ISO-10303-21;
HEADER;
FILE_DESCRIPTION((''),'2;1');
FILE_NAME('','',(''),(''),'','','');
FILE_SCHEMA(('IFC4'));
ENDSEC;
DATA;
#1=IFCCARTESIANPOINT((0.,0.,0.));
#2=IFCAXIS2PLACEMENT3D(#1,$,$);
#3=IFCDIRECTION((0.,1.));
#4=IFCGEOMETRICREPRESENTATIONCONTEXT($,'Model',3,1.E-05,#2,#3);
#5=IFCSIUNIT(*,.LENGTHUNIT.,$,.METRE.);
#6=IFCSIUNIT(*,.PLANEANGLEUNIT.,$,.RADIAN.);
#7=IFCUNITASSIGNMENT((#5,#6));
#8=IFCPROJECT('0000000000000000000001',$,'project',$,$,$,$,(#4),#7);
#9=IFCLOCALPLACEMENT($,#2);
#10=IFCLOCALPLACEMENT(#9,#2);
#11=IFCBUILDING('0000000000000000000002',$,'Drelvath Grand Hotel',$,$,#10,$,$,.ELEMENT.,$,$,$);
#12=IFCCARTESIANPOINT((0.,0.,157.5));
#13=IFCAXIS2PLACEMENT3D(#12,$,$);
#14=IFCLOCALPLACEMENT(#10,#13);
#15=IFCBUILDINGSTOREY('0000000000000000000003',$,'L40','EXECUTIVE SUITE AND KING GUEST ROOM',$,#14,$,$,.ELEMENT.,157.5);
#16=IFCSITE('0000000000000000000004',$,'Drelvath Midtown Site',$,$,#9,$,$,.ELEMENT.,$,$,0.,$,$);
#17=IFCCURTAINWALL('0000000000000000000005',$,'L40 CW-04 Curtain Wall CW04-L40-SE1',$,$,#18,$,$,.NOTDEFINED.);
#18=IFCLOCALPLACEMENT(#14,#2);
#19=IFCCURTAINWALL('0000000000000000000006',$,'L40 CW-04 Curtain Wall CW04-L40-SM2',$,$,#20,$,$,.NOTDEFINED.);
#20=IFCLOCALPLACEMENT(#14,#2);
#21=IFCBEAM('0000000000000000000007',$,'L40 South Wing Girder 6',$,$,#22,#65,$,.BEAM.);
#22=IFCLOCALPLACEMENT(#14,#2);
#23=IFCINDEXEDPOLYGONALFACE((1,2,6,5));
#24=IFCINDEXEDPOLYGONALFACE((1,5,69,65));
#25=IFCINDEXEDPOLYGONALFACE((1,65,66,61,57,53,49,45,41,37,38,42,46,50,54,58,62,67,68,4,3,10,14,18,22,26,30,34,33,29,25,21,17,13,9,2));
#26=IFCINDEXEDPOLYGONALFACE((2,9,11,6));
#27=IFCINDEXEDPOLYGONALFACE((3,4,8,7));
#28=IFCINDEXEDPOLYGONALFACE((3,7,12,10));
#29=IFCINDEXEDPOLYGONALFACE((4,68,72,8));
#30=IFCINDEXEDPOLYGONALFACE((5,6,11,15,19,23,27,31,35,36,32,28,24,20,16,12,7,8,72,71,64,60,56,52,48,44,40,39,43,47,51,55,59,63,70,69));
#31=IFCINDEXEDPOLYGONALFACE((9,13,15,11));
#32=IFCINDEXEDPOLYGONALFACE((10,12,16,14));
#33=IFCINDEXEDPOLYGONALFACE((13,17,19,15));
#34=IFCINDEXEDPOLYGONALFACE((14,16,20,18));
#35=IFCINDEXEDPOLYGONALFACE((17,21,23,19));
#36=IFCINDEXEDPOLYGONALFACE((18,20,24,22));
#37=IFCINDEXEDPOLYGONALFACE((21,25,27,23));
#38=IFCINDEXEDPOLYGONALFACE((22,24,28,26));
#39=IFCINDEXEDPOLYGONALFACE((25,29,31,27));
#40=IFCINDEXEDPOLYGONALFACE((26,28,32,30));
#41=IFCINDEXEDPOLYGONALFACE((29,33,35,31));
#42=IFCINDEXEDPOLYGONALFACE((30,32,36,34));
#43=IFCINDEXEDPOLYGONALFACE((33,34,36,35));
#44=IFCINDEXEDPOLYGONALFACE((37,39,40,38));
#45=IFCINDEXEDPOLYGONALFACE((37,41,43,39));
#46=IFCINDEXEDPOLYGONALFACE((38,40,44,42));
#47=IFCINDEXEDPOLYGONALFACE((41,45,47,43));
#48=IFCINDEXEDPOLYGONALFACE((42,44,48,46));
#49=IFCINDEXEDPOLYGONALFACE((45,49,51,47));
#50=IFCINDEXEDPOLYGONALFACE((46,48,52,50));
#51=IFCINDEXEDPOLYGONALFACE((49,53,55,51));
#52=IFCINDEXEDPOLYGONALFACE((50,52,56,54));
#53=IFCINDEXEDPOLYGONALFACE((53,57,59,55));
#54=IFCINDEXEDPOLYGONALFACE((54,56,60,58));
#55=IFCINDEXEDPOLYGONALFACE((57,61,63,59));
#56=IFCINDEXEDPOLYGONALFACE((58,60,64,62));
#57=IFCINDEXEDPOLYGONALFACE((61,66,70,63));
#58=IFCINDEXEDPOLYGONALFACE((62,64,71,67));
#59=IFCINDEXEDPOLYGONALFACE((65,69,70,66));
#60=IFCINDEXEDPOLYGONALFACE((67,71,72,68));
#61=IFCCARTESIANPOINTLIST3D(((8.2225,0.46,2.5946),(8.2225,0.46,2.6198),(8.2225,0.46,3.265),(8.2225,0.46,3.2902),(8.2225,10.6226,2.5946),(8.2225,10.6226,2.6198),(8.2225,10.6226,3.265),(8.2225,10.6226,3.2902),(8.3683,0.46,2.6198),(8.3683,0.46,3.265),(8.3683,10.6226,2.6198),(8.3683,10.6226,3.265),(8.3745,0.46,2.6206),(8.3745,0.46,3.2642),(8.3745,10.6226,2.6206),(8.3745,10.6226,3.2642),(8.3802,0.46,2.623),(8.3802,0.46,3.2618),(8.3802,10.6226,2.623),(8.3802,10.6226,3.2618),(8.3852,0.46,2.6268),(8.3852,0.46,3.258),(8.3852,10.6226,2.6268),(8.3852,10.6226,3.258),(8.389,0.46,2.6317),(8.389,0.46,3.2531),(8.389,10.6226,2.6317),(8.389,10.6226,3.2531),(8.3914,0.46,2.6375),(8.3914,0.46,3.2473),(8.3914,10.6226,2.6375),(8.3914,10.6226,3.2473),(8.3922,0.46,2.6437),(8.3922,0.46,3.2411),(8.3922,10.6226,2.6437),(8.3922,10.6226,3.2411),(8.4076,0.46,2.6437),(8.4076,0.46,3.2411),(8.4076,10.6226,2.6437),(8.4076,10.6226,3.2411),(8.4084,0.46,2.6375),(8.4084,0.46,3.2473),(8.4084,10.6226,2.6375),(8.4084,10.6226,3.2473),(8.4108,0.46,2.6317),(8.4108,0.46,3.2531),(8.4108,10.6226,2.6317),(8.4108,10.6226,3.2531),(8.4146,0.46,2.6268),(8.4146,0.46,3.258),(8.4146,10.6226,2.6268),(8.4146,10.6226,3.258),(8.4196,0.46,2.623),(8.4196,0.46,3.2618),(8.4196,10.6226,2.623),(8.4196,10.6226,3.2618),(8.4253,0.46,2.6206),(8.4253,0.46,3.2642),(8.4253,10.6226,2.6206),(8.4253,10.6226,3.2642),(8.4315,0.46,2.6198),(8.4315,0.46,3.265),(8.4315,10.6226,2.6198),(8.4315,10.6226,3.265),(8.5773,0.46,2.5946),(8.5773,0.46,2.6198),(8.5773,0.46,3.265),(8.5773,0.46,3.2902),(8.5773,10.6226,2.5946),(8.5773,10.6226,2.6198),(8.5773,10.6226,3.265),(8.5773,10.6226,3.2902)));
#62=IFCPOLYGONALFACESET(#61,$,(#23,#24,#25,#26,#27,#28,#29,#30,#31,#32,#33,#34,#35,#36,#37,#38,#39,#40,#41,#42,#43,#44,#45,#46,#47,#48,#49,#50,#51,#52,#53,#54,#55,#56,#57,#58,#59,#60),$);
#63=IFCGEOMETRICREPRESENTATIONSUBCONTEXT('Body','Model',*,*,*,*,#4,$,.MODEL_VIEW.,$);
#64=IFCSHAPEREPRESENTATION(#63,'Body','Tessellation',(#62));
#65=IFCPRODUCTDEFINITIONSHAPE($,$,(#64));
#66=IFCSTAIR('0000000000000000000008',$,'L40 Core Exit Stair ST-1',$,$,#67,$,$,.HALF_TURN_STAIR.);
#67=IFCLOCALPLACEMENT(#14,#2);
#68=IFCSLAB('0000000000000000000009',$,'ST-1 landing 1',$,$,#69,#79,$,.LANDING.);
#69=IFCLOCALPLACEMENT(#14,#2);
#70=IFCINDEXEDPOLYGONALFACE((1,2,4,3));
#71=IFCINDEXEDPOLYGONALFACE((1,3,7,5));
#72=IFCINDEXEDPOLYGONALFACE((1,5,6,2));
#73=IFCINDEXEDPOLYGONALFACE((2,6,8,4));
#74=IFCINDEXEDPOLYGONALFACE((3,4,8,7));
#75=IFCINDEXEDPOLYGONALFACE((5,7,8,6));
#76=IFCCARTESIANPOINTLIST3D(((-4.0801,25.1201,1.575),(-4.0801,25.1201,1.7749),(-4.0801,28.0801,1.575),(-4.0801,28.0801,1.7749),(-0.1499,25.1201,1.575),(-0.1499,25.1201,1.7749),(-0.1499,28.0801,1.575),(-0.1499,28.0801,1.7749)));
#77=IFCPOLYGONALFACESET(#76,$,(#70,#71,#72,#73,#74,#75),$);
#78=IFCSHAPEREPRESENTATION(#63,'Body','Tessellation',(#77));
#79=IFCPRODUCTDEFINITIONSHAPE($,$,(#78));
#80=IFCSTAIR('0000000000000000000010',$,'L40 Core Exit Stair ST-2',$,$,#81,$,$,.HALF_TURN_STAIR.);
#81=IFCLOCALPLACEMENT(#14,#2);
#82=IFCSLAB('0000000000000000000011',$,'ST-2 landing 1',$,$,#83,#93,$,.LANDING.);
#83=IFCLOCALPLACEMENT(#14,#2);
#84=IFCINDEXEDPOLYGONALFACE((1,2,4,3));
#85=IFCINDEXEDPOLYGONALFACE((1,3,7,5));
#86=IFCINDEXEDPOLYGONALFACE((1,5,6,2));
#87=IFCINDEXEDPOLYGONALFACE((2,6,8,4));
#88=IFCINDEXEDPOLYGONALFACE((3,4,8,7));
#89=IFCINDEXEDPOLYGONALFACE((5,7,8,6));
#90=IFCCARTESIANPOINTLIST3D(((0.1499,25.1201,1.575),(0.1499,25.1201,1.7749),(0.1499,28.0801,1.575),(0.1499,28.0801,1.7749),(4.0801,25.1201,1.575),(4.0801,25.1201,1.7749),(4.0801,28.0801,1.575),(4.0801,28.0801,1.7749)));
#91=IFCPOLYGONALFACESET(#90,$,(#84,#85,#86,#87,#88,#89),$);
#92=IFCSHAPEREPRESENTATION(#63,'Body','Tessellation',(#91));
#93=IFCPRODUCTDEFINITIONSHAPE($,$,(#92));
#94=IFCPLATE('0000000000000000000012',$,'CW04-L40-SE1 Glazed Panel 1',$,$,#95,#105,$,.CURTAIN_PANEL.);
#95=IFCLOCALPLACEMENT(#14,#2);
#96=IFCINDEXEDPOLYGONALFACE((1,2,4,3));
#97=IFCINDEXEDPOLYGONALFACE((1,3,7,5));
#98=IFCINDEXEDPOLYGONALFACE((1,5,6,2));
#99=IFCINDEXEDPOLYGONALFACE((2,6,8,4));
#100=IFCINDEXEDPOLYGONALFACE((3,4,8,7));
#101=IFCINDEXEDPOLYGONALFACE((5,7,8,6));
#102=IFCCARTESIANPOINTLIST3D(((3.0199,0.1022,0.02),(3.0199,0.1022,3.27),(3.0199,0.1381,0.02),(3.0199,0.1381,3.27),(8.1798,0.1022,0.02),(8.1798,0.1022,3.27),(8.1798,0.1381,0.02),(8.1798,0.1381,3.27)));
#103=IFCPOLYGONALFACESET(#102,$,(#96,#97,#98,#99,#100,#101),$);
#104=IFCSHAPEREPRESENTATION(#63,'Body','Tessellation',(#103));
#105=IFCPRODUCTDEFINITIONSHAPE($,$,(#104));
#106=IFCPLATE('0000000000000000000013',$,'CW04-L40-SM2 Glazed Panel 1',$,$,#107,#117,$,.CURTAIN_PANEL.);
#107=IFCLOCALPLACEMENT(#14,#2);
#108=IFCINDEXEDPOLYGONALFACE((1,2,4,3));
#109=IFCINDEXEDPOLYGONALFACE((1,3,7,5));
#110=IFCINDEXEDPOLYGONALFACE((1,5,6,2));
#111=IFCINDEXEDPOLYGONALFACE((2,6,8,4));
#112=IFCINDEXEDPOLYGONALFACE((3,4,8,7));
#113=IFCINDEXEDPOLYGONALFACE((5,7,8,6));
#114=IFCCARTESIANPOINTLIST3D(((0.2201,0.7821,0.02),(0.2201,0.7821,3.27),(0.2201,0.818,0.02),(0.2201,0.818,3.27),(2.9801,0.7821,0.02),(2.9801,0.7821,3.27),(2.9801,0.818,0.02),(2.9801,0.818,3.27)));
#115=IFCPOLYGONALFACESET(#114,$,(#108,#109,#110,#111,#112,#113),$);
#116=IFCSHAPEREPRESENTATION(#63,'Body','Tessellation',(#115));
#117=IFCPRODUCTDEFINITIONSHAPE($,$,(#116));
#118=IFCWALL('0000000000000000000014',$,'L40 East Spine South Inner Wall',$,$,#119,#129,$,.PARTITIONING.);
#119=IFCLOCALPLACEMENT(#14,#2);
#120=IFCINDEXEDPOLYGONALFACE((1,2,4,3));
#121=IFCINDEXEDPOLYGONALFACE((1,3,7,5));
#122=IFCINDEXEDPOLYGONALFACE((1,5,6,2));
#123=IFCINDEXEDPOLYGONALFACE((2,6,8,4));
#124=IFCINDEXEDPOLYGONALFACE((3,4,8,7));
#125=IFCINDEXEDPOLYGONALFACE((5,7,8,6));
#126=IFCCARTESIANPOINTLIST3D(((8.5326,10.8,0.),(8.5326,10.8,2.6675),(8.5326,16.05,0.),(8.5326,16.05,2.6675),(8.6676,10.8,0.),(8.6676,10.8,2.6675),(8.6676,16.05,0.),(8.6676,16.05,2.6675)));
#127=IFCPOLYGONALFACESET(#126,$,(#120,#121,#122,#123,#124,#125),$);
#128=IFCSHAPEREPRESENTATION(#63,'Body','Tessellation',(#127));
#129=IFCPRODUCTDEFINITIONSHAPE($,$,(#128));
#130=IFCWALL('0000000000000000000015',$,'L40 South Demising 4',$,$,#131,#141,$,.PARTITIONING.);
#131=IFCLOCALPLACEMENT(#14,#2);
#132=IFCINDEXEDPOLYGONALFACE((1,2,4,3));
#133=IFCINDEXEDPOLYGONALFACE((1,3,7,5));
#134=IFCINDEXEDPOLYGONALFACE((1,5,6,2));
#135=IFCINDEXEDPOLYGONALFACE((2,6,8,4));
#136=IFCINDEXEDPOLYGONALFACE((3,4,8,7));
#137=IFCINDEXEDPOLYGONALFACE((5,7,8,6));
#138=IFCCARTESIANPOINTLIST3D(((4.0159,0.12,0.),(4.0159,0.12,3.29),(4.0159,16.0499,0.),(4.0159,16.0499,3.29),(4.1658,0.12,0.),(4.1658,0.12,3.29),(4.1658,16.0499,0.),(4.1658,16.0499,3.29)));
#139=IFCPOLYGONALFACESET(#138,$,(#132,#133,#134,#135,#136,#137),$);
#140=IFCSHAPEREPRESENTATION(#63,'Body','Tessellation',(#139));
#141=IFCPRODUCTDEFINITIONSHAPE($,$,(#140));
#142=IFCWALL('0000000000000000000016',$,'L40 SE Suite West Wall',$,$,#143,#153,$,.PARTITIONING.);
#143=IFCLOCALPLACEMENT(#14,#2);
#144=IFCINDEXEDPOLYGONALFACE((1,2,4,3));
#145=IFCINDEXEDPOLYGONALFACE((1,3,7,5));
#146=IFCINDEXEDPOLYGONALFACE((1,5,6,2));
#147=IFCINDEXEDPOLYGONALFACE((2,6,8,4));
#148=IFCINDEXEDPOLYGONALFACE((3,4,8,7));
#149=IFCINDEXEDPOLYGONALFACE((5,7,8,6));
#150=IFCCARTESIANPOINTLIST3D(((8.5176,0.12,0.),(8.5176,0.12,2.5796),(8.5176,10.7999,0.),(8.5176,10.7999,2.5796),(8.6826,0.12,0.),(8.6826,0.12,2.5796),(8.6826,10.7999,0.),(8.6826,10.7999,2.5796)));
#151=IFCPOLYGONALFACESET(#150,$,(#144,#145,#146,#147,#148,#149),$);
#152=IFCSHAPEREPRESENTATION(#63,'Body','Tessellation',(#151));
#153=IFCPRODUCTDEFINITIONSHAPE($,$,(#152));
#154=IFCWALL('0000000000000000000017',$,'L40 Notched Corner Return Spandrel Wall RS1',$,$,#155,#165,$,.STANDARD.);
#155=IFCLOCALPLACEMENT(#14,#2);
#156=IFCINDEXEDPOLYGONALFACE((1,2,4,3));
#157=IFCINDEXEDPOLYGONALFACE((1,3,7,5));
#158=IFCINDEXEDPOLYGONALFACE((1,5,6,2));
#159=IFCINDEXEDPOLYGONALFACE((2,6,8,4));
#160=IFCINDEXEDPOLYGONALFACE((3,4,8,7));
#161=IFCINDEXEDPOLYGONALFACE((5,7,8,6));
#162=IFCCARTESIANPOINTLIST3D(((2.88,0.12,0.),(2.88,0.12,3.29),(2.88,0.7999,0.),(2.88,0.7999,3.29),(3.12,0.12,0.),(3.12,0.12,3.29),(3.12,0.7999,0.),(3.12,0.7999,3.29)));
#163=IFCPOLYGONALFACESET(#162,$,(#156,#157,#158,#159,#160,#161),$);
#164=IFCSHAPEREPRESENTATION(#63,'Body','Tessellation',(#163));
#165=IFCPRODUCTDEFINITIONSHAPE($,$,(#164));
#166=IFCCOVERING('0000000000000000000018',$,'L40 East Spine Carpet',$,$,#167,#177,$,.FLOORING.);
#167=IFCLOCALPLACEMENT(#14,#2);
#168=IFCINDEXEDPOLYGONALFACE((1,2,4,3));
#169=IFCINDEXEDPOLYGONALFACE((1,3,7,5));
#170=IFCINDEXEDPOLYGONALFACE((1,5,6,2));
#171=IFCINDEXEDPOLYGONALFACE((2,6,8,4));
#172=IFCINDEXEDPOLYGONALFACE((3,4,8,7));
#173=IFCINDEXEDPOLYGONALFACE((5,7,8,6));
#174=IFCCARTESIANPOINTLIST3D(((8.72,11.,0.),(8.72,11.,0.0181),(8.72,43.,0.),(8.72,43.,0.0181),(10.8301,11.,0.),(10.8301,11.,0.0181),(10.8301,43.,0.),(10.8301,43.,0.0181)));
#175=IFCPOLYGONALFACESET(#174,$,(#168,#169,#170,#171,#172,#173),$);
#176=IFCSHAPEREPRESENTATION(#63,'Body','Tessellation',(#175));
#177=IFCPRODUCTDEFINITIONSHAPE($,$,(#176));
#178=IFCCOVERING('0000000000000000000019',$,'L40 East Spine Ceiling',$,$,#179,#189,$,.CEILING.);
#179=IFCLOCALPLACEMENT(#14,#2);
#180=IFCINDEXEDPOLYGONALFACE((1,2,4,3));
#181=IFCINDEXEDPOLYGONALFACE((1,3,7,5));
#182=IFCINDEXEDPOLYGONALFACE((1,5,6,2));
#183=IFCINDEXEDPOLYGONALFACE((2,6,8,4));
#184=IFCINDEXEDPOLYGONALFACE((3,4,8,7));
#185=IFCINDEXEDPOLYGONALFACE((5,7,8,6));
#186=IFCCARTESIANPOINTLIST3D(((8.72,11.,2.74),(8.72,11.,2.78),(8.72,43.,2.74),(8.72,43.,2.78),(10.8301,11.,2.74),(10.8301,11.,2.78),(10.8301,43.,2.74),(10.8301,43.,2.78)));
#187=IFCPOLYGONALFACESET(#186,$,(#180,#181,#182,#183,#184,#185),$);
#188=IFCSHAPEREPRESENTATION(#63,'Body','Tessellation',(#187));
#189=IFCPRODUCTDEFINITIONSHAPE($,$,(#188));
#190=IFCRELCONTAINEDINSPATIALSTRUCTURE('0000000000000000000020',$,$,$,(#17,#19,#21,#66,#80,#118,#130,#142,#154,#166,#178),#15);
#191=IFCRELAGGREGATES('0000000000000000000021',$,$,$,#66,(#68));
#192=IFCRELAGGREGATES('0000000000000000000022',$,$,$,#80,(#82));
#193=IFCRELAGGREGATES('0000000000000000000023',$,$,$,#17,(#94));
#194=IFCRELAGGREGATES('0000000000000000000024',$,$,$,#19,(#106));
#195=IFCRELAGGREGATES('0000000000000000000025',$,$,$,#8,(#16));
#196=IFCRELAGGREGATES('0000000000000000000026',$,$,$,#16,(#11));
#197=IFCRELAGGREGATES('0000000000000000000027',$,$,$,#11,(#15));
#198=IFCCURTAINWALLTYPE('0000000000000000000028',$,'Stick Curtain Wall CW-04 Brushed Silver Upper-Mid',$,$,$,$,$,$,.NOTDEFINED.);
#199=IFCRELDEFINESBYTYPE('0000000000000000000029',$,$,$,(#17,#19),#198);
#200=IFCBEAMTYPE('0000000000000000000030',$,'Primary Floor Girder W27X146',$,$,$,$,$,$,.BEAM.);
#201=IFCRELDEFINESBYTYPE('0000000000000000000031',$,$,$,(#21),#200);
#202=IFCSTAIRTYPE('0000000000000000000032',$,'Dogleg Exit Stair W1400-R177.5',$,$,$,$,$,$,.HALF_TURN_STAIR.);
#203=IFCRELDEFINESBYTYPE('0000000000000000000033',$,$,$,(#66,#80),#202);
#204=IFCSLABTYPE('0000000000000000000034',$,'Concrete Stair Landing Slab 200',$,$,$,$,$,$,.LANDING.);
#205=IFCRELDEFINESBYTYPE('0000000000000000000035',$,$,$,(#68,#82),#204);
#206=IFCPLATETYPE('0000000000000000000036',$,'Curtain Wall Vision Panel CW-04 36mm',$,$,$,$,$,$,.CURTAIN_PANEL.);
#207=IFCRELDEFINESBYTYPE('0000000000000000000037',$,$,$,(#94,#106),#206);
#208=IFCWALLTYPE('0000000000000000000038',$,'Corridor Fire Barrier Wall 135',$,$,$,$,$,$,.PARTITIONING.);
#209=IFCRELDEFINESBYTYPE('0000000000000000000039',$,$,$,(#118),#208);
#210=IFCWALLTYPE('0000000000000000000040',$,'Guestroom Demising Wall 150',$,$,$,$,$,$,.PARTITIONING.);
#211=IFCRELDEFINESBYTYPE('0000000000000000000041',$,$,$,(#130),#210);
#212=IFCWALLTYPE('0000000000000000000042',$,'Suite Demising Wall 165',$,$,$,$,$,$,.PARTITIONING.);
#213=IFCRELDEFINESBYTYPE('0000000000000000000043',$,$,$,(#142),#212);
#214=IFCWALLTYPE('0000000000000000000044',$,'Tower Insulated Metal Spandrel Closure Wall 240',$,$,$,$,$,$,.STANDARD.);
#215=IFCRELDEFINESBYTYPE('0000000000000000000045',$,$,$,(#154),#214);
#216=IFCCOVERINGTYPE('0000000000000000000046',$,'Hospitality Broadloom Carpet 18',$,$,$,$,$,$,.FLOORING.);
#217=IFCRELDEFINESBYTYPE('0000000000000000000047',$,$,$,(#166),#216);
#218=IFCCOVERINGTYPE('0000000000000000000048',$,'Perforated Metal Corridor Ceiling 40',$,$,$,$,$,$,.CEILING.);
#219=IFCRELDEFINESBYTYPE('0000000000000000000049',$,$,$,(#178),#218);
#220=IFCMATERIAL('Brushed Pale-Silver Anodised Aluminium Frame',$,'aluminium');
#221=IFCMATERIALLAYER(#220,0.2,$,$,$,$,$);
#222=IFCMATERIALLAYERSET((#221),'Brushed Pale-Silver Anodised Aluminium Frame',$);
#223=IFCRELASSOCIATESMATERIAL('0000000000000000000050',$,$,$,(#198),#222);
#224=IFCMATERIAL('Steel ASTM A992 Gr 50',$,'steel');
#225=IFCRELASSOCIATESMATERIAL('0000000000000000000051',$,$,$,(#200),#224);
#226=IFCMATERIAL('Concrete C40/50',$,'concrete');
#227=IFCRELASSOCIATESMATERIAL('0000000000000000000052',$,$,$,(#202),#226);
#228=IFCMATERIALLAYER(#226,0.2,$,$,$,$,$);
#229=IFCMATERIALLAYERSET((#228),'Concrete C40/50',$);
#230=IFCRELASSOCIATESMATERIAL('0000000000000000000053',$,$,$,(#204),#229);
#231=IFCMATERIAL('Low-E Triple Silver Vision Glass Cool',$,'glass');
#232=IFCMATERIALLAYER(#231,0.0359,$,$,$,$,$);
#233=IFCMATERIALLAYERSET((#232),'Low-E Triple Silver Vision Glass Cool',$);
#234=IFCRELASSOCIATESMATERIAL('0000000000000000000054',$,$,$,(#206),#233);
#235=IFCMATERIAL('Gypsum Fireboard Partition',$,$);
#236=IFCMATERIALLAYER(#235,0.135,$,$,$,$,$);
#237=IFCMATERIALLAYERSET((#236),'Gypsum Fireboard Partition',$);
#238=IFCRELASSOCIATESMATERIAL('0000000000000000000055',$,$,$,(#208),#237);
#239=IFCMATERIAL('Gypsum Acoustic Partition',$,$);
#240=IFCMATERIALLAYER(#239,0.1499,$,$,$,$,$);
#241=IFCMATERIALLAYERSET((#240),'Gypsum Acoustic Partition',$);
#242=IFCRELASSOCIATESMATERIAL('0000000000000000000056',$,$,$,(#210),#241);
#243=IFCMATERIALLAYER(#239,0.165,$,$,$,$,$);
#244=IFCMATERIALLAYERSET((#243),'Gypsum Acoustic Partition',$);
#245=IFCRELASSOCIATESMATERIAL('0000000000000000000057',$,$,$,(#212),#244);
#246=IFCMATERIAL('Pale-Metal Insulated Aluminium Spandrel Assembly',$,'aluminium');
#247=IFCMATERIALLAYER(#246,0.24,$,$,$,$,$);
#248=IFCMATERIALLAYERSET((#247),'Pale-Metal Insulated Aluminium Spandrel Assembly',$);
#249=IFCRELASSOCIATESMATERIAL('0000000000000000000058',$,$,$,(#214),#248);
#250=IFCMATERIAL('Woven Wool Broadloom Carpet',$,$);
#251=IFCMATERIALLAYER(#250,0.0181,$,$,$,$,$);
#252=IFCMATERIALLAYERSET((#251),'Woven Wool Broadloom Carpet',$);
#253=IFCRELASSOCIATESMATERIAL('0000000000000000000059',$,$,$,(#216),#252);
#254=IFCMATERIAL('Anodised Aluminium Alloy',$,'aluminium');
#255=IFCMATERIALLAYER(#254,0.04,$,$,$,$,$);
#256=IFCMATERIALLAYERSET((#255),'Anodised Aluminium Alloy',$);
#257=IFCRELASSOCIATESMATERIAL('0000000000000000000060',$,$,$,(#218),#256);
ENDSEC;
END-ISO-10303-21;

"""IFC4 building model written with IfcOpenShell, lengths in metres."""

from ifc_helpers import new_model, si_unit, direction, frame, frame_2d, origin, origin_2d, place, context, subcontext, project, spatial, polyline, rectangle, i_section, outline, extrude, material, layer, layer_set, material_profile, profile_set, type_object, element, aggregate, save


model = new_model("IFC4")

# Units and contexts
model_context = context("Model", 3, precision=1e-05, world=origin(), true_north=direction((0.0, 1.0)))
body_context = subcontext(model_context, "Body", "Model", "MODEL_VIEW")
ifc_project = project(units=[si_unit("LENGTHUNIT", "METRE"), si_unit("PLANEANGLEUNIT", "RADIAN")], contexts=[model_context])

# Site, building, storey
site_placement = place(None, origin())
site = spatial("IfcSite", under=ifc_project, at=site_placement, Name="Drelvath Midtown Site", CompositionType="ELEMENT", RefElevation=0.0)
building_placement = place(site_placement, origin())
building = spatial("IfcBuilding", under=site, at=building_placement, Name="Drelvath Grand Hotel", CompositionType="ELEMENT")
storey_placement = place(building_placement, frame((0.0, 0.0, 157.5)))
storey = spatial("IfcBuildingStorey", under=building, at=storey_placement, Name="L40", Description="EXECUTIVE SUITE AND KING GUEST ROOM", CompositionType="ELEMENT", Elevation=157.5)

# Curtain walls
ifc_material_1 = material(Name="Brushed Pale-Silver Anodised Aluminium Frame", Category="aluminium")
ifc_layer_1 = layer(ifc_material_1, 0.2)
ifc_layer_set_1 = layer_set([ifc_layer_1], Name="Brushed Pale-Silver Anodised Aluminium Frame")
curtain_wall_type = type_object("IfcCurtainWallType", Name="Stick Curtain Wall CW-04 Brushed Silver Upper-Mid", PredefinedType="NOTDEFINED", material=ifc_layer_set_1)
curtain_wall_1_placement = place(storey_placement, origin())
curtain_wall_1 = element("IfcCurtainWall", 1, at=curtain_wall_1_placement, inside=storey, type_object=curtain_wall_type, Name="L40 CW-04 Curtain Wall CW04-L40-SE1", PredefinedType="NOTDEFINED")
curtain_wall_2_placement = place(storey_placement, origin())
curtain_wall_2 = element("IfcCurtainWall", 2, at=curtain_wall_2_placement, inside=storey, type_object=curtain_wall_type, Name="L40 CW-04 Curtain Wall CW04-L40-SM2", PredefinedType="NOTDEFINED")

# Beam
ifc_material_2 = material(Name="Steel ASTM A992 Gr 50", Category="steel")
ifc_material_profile_1 = material_profile(ifc_material_2, i_section(OverallWidth=0.3547, OverallDepth=0.6956, WebThickness=0.0154, FlangeThickness=0.0251, FilletRadius=0.0239, at=origin_2d()), Name="W27X146")
ifc_profile_set_1 = profile_set([ifc_material_profile_1], Name="Steel ASTM A992 Gr 50")
beam_type_1 = type_object("IfcBeamType", Name="Primary Floor Girder W27X146", PredefinedType="BEAM", material=ifc_profile_set_1)
beam_1_placement = place(storey_placement, frame((8.3999, 0.46, 2.9424), z_axis=(0.0, 1.0, 0.0), x_axis=(-1.0, 0.0, 0.0)))
element("IfcBeam", 3, at=beam_1_placement, inside=storey, type_object=beam_type_1, Name="L40 South Wing Girder 6", PredefinedType="BEAM", context=body_context, shape_type="SweptSolid", body=[
    extrude(i_section(OverallWidth=0.3547, OverallDepth=0.6956, WebThickness=0.0154, FlangeThickness=0.0251, FilletRadius=0.0239, at=origin_2d()), origin(), (0.0, 0.0, 1.0), 10.1626),
])

# Stairs, slabs
ifc_material_3 = material(Name="Concrete C40/50", Category="concrete")
stair_type = type_object("IfcStairType", Name="Dogleg Exit Stair W1400-R177.5", PredefinedType="HALF_TURN_STAIR", material=ifc_material_3)
stair_1_placement = place(storey_placement, origin())
stair_1 = element("IfcStair", 4, at=stair_1_placement, inside=storey, type_object=stair_type, Name="L40 Core Exit Stair ST-1", PredefinedType="HALF_TURN_STAIR")
ifc_layer_2 = layer(ifc_material_3, 0.2)
ifc_layer_set_2 = layer_set([ifc_layer_2], Name="Concrete C40/50")
slab_type = type_object("IfcSlabType", Name="Concrete Stair Landing Slab 200", PredefinedType="LANDING", material=ifc_layer_set_2)
slab_1_placement = place(storey_placement, frame((0.0, 0.0, 1.575)))
slab_1 = element("IfcSlab", 5, at=slab_1_placement, type_object=slab_type, Name="ST-1 landing 1", PredefinedType="LANDING", context=body_context, shape_type="SweptSolid", body=[
    extrude(outline(polyline([(-4.0801, 25.1201), (-0.1499, 25.1201), (-0.1499, 28.0801), (-4.0801, 28.0801), (-4.0801, 25.1201)])), origin(), (0.0, 0.0, 1.0), 0.2),
])
aggregate(stair_1, [slab_1])
stair_2_placement = place(storey_placement, origin())
stair_2 = element("IfcStair", 6, at=stair_2_placement, inside=storey, type_object=stair_type, Name="L40 Core Exit Stair ST-2", PredefinedType="HALF_TURN_STAIR")
slab_2_placement = place(storey_placement, frame((0.0, 0.0, 1.575)))
slab_2 = element("IfcSlab", 7, at=slab_2_placement, type_object=slab_type, Name="ST-2 landing 1", PredefinedType="LANDING", context=body_context, shape_type="SweptSolid", body=[
    extrude(outline(polyline([(4.0801, 28.0801), (0.1499, 28.0801), (0.1499, 25.1201), (4.0801, 25.1201), (4.0801, 28.0801)])), origin(), (0.0, 0.0, 1.0), 0.2),
])
aggregate(stair_2, [slab_2])

# Plates
ifc_material_4 = material(Name="Low-E Triple Silver Vision Glass Cool", Category="glass")
ifc_layer_3 = layer(ifc_material_4, 0.0359)
ifc_layer_set_3 = layer_set([ifc_layer_3], Name="Low-E Triple Silver Vision Glass Cool")
plate_type = type_object("IfcPlateType", Name="Curtain Wall Vision Panel CW-04 36mm", PredefinedType="CURTAIN_PANEL", material=ifc_layer_set_3)
plate_1_placement = place(storey_placement, frame((5.5999, 0.1201, 0.02), z_axis=(0.0, 0.0, 1.0), x_axis=(-1.0, 0.0, 0.0)))
plate_1 = element("IfcPlate", 8, at=plate_1_placement, type_object=plate_type, Name="CW04-L40-SE1 Glazed Panel 1", PredefinedType="CURTAIN_PANEL", context=body_context, shape_type="SweptSolid", body=[
    extrude(rectangle(XDim=5.1599, YDim=0.0359, at=origin_2d()), origin(), (0.0, 0.0, 1.0), 3.25),
])
aggregate(curtain_wall_1, [plate_1])
plate_2_placement = place(storey_placement, frame((1.6001, 0.8, 0.02), z_axis=(0.0, 0.0, 1.0), x_axis=(-1.0, 0.0, 0.0)))
plate_2 = element("IfcPlate", 9, at=plate_2_placement, type_object=plate_type, Name="CW04-L40-SM2 Glazed Panel 1", PredefinedType="CURTAIN_PANEL", context=body_context, shape_type="SweptSolid", body=[
    extrude(rectangle(XDim=2.76, YDim=0.0359, at=origin_2d()), origin(), (0.0, 0.0, 1.0), 3.25),
])
aggregate(curtain_wall_2, [plate_2])

# Wall
ifc_material_5 = material(Name="Gypsum Fireboard Partition")
ifc_layer_4 = layer(ifc_material_5, 0.135)
ifc_layer_set_4 = layer_set([ifc_layer_4], Name="Gypsum Fireboard Partition")
wall_type_1 = type_object("IfcWallType", Name="Corridor Fire Barrier Wall 135", PredefinedType="PARTITIONING", material=ifc_layer_set_4)
wall_1_placement = place(storey_placement, frame((8.6001, 10.8, 0.0), z_axis=(0.0, 0.0, 1.0), x_axis=(0.0, 1.0, 0.0)))
element("IfcWall", 10, at=wall_1_placement, inside=storey, type_object=wall_type_1, Name="L40 East Spine South Inner Wall", PredefinedType="PARTITIONING", context=body_context, shape_type="SweptSolid", body=[
    extrude(rectangle(XDim=5.25, YDim=0.135, at=frame_2d((2.625, 0.0))), origin(), (0.0, 0.0, 1.0), 2.6675),
])

# Walls
ifc_material_6 = material(Name="Gypsum Acoustic Partition")
ifc_layer_5 = layer(ifc_material_6, 0.1499)
ifc_layer_set_5 = layer_set([ifc_layer_5], Name="Gypsum Acoustic Partition")
wall_type_2 = type_object("IfcWallType", Name="Guestroom Demising Wall 150", PredefinedType="PARTITIONING", material=ifc_layer_set_5)
wall_2_placement = place(storey_placement, frame((4.0908, 0.1201, 0.0), z_axis=(0.0, 0.0, 1.0), x_axis=(0.0, 1.0, 0.0)))
element("IfcWall", 11, at=wall_2_placement, inside=storey, type_object=wall_type_2, Name="L40 South Demising 4", PredefinedType="PARTITIONING", context=body_context, shape_type="SweptSolid", body=[
    extrude(rectangle(XDim=15.9299, YDim=0.1499, at=frame_2d((7.9648, 0.0))), origin(), (0.0, 0.0, 1.0), 3.29),
])
ifc_layer_6 = layer(ifc_material_6, 0.165)
ifc_layer_set_6 = layer_set([ifc_layer_6], Name="Gypsum Acoustic Partition")
wall_type_3 = type_object("IfcWallType", Name="Suite Demising Wall 165", PredefinedType="PARTITIONING", material=ifc_layer_set_6)
wall_3_placement = place(storey_placement, frame((8.6001, 0.1201, 0.0), z_axis=(0.0, 0.0, 1.0), x_axis=(0.0, 1.0, 0.0)))
element("IfcWall", 12, at=wall_3_placement, inside=storey, type_object=wall_type_3, Name="L40 SE Suite West Wall", PredefinedType="PARTITIONING", context=body_context, shape_type="SweptSolid", body=[
    extrude(rectangle(XDim=10.6799, YDim=0.165, at=frame_2d((5.3398, 0.0))), origin(), (0.0, 0.0, 1.0), 2.5796),
])
ifc_material_7 = material(Name="Pale-Metal Insulated Aluminium Spandrel Assembly", Category="aluminium")
ifc_layer_7 = layer(ifc_material_7, 0.24)
ifc_layer_set_7 = layer_set([ifc_layer_7], Name="Pale-Metal Insulated Aluminium Spandrel Assembly")
wall_type_4 = type_object("IfcWallType", Name="Tower Insulated Metal Spandrel Closure Wall 240", PredefinedType="STANDARD", material=ifc_layer_set_7)
wall_4_placement = place(storey_placement, frame((3.0, 0.1201, 0.0), z_axis=(0.0, 0.0, 1.0), x_axis=(0.0, 1.0, 0.0)))
element("IfcWall", 13, at=wall_4_placement, inside=storey, type_object=wall_type_4, Name="L40 Notched Corner Return Spandrel Wall RS1", PredefinedType="STANDARD", context=body_context, shape_type="SweptSolid", body=[
    extrude(rectangle(XDim=0.6799, YDim=0.24, at=frame_2d((0.3398, 0.0))), origin(), (0.0, 0.0, 1.0), 3.29),
])

# Coverings
ifc_material_8 = material(Name="Woven Wool Broadloom Carpet")
ifc_layer_8 = layer(ifc_material_8, 0.0181)
ifc_layer_set_8 = layer_set([ifc_layer_8], Name="Woven Wool Broadloom Carpet")
covering_type_1 = type_object("IfcCoveringType", Name="Hospitality Broadloom Carpet 18", PredefinedType="FLOORING", material=ifc_layer_set_8)
covering_1_placement = place(storey_placement, origin())
element("IfcCovering", 14, at=covering_1_placement, inside=storey, type_object=covering_type_1, Name="L40 East Spine Carpet", PredefinedType="FLOORING", context=body_context, shape_type="SweptSolid", body=[
    extrude(outline(polyline([(10.8301, 11.0), (10.8301, 43.0), (8.72, 43.0), (8.72, 11.0), (10.8301, 11.0)])), origin(), (0.0, 0.0, 1.0), 0.0181),
])
ifc_material_9 = material(Name="Anodised Aluminium Alloy", Category="aluminium")
ifc_layer_9 = layer(ifc_material_9, 0.04)
ifc_layer_set_9 = layer_set([ifc_layer_9], Name="Anodised Aluminium Alloy")
covering_type_2 = type_object("IfcCoveringType", Name="Perforated Metal Corridor Ceiling 40", PredefinedType="CEILING", material=ifc_layer_set_9)
covering_2_placement = place(storey_placement, frame((0.0, 0.0, 2.74)))
element("IfcCovering", 15, at=covering_2_placement, inside=storey, type_object=covering_type_2, Name="L40 East Spine Ceiling", PredefinedType="CEILING", context=body_context, shape_type="SweptSolid", body=[
    extrude(outline(polyline([(10.8301, 11.0), (10.8301, 43.0), (8.72, 43.0), (8.72, 11.0), (10.8301, 11.0)])), origin(), (0.0, 0.0, 1.0), 0.04),
])

save(model, "model.ifc")
